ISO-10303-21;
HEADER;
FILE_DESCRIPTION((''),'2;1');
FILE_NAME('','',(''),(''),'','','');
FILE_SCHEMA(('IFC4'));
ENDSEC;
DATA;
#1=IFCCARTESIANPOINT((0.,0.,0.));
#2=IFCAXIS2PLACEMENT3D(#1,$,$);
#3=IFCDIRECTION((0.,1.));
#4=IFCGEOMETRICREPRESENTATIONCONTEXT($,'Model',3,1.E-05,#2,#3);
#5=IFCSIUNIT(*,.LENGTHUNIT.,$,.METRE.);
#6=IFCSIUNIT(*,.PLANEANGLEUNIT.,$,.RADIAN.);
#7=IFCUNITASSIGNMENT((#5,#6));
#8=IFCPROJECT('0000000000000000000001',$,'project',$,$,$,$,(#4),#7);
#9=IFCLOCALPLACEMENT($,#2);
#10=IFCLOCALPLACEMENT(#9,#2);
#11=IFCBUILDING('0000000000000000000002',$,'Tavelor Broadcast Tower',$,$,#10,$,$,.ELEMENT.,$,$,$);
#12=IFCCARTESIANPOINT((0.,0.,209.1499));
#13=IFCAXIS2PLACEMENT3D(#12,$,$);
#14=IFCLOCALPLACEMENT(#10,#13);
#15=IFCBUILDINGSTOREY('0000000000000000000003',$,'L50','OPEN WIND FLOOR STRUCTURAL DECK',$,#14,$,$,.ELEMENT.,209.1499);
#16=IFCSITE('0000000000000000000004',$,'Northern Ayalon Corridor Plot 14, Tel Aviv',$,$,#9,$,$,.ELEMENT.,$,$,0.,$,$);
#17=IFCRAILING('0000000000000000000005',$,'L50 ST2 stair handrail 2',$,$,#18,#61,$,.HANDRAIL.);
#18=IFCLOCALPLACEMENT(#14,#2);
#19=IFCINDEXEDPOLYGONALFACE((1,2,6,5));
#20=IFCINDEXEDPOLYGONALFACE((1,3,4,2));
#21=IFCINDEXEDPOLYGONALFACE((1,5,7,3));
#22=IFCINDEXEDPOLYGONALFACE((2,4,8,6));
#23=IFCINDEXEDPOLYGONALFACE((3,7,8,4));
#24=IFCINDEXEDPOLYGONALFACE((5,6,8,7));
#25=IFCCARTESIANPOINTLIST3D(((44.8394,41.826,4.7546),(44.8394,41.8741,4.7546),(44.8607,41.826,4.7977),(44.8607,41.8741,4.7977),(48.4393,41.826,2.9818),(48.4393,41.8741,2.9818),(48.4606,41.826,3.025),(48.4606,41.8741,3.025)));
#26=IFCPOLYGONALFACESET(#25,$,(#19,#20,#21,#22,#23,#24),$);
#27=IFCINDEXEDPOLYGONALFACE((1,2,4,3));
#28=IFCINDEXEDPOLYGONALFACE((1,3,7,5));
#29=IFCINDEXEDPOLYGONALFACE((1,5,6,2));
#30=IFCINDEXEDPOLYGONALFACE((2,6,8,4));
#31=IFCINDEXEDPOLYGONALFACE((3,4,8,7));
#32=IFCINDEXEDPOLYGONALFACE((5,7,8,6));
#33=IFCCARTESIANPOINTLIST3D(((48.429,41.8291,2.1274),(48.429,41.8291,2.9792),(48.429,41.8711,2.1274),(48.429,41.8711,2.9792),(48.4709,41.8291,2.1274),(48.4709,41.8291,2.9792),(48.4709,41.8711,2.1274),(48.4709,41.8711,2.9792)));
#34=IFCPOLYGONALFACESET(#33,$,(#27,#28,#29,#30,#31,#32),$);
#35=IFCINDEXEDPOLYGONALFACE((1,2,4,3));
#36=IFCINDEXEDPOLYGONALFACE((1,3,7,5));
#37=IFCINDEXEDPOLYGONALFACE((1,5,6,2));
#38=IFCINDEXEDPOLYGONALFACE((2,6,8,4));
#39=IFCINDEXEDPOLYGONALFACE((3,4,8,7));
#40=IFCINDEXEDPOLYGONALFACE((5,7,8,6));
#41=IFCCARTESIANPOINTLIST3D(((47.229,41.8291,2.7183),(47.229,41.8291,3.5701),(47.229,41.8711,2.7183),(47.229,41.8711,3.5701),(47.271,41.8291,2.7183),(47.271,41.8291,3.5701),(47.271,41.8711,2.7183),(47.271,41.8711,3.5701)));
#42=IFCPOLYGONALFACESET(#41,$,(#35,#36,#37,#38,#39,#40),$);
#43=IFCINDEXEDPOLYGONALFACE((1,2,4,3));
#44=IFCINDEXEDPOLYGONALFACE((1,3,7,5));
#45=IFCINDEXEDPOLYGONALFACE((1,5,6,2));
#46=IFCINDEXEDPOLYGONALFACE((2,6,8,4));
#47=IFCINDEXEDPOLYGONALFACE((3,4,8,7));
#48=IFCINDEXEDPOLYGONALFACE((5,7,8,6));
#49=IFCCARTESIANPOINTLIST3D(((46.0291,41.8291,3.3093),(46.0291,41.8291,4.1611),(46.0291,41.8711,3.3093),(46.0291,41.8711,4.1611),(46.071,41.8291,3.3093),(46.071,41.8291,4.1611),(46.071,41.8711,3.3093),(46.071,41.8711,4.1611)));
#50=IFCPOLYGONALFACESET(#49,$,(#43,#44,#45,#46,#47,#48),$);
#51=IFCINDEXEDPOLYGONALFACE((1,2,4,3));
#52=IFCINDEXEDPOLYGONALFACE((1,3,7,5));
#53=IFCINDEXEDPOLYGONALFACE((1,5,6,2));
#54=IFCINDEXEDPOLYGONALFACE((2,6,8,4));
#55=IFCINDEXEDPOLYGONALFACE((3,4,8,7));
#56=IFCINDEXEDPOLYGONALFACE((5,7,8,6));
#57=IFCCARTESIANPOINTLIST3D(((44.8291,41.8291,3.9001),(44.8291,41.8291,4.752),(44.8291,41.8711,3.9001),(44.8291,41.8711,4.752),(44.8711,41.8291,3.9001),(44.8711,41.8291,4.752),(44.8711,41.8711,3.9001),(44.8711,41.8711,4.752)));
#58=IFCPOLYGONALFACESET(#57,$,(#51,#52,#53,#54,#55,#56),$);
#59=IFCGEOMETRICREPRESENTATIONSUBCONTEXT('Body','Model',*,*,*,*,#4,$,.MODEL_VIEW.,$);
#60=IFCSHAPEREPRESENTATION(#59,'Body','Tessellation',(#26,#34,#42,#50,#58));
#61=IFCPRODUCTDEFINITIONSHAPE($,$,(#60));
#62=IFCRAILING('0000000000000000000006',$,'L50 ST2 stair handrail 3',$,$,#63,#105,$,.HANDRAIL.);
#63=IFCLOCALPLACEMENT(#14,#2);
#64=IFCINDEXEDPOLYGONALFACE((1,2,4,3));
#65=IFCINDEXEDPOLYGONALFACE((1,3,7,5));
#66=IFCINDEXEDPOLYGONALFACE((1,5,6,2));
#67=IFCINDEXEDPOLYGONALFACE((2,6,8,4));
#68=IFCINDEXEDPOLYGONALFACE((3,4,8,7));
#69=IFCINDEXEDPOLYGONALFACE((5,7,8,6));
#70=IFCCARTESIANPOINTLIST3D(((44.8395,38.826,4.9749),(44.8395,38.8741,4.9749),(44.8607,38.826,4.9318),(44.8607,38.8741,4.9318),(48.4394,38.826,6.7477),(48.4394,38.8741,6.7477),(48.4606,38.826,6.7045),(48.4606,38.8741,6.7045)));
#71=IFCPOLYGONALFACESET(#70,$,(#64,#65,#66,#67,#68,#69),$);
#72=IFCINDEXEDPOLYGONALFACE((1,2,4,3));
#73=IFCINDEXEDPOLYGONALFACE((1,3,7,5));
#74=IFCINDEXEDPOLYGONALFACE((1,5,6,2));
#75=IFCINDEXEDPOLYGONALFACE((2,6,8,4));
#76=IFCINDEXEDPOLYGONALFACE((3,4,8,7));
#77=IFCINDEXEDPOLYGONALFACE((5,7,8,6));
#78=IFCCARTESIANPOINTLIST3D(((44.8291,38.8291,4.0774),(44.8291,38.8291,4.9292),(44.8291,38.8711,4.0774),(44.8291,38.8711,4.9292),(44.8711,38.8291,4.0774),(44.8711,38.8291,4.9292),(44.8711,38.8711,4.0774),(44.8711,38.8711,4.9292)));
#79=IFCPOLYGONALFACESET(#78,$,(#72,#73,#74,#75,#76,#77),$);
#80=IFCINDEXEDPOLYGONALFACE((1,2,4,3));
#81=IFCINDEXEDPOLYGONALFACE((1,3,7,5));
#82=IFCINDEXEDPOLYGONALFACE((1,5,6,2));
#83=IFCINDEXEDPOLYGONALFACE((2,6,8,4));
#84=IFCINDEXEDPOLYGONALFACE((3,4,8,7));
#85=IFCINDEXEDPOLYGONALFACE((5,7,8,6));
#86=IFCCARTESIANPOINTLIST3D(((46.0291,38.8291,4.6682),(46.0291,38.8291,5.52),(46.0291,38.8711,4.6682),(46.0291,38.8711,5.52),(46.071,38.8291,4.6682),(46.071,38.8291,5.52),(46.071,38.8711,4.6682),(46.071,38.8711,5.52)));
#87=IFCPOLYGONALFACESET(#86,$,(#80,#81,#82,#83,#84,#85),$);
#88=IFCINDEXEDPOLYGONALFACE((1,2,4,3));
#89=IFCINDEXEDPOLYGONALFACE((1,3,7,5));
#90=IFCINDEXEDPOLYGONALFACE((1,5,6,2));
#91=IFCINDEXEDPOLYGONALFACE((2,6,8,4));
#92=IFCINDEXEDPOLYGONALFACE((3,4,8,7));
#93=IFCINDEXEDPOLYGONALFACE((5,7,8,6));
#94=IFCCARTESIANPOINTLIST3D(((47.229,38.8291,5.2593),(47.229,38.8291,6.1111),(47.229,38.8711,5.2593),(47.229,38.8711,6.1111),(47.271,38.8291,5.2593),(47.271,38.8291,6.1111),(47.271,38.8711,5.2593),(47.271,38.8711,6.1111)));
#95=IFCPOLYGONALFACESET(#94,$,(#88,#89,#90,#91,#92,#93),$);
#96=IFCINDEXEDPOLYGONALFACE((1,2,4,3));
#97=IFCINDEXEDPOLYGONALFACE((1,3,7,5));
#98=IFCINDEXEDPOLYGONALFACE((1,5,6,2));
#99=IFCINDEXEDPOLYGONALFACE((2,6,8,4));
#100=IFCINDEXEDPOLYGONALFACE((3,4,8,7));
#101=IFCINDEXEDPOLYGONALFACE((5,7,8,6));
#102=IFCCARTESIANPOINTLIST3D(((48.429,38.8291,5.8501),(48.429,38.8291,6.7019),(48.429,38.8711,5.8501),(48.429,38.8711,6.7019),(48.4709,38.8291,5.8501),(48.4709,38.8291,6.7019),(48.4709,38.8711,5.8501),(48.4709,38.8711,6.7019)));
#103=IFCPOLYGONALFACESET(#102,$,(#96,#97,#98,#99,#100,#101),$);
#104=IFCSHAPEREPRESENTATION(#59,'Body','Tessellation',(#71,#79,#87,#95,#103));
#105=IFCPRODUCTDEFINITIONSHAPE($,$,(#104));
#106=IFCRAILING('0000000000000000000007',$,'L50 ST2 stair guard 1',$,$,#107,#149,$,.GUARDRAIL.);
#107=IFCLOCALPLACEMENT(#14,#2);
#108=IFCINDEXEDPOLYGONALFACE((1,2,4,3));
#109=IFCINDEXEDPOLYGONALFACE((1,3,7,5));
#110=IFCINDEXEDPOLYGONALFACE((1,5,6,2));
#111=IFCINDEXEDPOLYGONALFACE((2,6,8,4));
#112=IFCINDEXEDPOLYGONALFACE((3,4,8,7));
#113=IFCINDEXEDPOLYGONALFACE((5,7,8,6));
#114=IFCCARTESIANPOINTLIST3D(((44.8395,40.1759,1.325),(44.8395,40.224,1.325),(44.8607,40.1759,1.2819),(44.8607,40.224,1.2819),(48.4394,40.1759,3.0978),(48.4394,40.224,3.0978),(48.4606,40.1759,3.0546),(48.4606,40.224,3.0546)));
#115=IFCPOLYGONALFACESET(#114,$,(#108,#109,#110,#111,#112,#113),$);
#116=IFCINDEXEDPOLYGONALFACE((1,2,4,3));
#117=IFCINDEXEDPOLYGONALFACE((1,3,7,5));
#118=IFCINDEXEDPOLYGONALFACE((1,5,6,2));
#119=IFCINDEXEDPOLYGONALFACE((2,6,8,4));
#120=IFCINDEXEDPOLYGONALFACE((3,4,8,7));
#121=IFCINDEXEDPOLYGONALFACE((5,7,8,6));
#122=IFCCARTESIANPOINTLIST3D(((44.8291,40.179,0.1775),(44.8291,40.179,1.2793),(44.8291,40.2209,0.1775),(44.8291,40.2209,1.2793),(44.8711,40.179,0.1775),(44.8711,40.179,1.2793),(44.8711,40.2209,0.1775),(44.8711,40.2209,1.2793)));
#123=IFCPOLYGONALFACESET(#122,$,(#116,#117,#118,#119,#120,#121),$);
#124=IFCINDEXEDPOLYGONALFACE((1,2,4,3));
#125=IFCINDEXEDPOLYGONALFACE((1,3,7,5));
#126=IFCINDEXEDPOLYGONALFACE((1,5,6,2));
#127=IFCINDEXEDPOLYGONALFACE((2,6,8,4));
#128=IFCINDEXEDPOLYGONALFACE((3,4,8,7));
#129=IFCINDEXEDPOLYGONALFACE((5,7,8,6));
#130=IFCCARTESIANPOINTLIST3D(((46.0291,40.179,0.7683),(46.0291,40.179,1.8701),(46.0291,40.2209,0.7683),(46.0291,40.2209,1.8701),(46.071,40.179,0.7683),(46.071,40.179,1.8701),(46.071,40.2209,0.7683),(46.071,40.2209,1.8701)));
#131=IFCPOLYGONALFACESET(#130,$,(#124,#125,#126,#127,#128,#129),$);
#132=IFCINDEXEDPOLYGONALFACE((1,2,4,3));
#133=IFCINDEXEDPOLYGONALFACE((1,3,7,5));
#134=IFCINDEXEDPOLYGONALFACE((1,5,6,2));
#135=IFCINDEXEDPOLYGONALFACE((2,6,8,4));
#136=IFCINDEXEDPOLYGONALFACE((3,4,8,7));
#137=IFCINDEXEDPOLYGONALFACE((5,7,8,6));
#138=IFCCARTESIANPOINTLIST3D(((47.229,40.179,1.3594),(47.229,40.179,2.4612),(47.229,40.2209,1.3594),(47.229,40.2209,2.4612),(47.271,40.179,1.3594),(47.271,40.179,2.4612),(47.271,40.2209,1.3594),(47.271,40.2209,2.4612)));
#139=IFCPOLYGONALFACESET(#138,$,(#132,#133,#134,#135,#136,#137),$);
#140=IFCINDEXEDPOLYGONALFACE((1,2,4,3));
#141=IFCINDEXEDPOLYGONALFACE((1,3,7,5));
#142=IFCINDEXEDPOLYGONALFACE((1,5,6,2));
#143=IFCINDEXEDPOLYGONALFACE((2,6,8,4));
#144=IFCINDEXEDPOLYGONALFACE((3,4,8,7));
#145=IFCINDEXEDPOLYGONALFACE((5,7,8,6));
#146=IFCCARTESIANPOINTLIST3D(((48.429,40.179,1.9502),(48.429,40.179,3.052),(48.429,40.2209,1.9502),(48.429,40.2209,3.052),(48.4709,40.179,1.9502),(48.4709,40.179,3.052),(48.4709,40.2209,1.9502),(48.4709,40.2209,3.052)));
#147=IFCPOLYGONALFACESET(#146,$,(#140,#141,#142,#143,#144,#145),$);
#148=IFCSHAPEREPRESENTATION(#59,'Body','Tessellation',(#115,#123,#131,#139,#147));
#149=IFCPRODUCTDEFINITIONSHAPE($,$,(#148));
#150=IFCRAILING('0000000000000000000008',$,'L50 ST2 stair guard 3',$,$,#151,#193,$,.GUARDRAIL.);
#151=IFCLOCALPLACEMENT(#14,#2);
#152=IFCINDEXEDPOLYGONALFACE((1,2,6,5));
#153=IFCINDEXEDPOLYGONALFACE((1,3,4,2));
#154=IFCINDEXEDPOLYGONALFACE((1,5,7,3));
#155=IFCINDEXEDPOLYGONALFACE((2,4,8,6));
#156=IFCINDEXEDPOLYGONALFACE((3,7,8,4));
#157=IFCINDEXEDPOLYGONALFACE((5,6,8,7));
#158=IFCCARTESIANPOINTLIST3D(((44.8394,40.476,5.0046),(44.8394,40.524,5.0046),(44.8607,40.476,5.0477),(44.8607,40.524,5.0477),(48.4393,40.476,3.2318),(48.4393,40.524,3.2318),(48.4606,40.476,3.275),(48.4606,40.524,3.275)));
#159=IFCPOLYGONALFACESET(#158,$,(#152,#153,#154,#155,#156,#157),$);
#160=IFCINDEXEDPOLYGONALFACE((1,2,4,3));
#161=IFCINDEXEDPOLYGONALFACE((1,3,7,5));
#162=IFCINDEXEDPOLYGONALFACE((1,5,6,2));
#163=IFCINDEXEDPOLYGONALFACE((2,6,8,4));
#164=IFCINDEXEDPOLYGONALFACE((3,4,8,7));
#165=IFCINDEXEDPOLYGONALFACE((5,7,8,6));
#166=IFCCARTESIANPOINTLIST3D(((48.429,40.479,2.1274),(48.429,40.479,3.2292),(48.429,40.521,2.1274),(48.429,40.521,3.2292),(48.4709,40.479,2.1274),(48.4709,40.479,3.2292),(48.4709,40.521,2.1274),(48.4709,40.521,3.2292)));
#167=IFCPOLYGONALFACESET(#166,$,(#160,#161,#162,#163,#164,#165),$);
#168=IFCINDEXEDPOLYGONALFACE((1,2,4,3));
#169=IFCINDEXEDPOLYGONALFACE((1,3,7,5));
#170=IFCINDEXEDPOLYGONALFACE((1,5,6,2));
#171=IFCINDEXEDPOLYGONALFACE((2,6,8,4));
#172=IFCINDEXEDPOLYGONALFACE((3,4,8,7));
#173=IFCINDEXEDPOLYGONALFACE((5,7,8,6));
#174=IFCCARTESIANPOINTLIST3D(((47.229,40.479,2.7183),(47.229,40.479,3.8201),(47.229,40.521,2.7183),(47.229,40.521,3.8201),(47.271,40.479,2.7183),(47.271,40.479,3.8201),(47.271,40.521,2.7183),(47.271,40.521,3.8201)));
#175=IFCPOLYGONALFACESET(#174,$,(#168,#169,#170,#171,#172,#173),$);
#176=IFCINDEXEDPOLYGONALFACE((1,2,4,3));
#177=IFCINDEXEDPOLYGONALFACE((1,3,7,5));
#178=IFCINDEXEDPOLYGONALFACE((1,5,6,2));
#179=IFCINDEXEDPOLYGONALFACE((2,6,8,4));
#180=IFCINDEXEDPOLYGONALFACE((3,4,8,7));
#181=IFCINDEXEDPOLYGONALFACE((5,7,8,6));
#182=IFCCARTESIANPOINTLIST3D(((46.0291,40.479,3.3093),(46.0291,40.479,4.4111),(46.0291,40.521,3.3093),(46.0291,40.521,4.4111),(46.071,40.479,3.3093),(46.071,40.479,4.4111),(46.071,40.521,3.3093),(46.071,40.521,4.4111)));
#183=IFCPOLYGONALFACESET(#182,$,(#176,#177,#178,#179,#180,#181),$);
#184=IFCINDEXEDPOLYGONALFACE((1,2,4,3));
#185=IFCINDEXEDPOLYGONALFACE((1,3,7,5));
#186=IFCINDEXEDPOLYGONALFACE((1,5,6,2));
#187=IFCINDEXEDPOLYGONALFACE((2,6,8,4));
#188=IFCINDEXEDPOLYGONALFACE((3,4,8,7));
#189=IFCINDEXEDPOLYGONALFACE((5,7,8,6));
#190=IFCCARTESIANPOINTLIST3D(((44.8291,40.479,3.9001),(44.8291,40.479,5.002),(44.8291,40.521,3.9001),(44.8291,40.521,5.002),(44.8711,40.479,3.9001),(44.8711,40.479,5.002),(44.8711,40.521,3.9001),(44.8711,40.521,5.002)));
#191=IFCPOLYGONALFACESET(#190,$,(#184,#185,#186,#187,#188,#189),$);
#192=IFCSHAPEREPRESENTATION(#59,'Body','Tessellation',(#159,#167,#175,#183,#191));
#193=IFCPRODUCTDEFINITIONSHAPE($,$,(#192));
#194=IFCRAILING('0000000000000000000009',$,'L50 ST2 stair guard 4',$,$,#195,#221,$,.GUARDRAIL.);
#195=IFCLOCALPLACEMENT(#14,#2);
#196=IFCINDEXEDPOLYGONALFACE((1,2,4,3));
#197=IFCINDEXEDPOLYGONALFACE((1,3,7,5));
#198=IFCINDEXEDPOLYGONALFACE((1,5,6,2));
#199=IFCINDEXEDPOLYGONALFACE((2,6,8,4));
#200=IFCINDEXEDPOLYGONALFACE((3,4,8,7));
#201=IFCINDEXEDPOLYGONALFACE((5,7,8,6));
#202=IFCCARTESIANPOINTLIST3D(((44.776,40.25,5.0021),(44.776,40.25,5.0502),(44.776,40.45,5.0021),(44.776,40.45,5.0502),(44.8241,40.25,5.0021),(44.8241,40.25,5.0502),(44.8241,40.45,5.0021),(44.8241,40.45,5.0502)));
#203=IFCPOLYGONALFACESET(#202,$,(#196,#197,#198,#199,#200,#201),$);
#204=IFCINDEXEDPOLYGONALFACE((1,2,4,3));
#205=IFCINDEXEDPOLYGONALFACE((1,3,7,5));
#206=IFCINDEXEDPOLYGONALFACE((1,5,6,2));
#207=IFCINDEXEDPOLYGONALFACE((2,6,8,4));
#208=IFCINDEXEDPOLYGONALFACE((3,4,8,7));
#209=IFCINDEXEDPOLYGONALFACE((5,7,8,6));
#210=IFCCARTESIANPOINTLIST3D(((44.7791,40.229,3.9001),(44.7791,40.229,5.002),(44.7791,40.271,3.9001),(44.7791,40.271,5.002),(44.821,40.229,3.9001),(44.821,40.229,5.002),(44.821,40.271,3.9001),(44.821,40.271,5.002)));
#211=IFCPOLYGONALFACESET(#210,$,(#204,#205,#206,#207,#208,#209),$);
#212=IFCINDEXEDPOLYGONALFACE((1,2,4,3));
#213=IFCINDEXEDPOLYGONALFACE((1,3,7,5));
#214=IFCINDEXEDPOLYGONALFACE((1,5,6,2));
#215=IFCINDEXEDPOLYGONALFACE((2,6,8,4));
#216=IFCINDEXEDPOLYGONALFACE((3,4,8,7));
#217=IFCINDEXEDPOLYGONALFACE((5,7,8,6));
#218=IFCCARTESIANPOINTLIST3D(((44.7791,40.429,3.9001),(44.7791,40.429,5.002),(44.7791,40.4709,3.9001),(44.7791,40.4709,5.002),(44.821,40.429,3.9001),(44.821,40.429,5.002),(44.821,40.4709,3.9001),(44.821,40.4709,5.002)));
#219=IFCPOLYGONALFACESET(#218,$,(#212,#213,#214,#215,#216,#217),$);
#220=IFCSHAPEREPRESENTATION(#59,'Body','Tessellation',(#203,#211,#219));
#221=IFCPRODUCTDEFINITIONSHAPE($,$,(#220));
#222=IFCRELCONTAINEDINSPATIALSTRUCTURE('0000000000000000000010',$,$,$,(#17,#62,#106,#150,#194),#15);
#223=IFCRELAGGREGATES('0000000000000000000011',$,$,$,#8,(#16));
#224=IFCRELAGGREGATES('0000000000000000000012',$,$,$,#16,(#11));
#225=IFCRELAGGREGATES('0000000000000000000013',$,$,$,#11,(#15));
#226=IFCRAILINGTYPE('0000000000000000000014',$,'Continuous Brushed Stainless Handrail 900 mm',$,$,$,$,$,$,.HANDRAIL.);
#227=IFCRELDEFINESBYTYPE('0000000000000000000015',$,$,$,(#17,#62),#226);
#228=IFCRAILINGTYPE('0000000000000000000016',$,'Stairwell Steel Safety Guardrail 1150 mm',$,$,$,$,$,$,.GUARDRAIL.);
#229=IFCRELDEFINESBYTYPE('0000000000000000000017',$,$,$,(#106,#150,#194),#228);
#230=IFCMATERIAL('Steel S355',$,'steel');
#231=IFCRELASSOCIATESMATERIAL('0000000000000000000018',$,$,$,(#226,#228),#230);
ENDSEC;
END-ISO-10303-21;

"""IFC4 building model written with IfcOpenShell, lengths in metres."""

from ifc_helpers import new_model, si_unit, direction, frame, origin, origin_2d, place, context, subcontext, project, spatial, rectangle, extrude, material, type_object, element, save


model = new_model("IFC4")

# Units and contexts
model_context = context("Model", 3, precision=1e-05, world=origin(), true_north=direction((0.0, 1.0)))
body_context = subcontext(model_context, "Body", "Model", "MODEL_VIEW")
ifc_project = project(units=[si_unit("LENGTHUNIT", "METRE"), si_unit("PLANEANGLEUNIT", "RADIAN")], contexts=[model_context])

# Site, building, storey
site_placement = place(None, origin())
site = spatial("IfcSite", under=ifc_project, at=site_placement, Name="Northern Ayalon Corridor Plot 14, Tel Aviv", CompositionType="ELEMENT", RefElevation=0.0)
building_placement = place(site_placement, origin())
building = spatial("IfcBuilding", under=site, at=building_placement, Name="Tavelor Broadcast Tower", CompositionType="ELEMENT")
storey_placement = place(building_placement, frame((0.0, 0.0, 209.1499)))
storey = spatial("IfcBuildingStorey", under=building, at=storey_placement, Name="L50", Description="OPEN WIND FLOOR STRUCTURAL DECK", CompositionType="ELEMENT", Elevation=209.1499)

# Shared definitions
ifc_material_1 = material(Name="Steel S355", Category="steel")

# Railings
railing_type_1 = type_object("IfcRailingType", Name="Continuous Brushed Stainless Handrail 900 mm", PredefinedType="HANDRAIL", material=ifc_material_1)
railing_1_placement = place(storey_placement, frame((48.45, 41.8501, 2.1274)))
element("IfcRailing", 1, at=railing_1_placement, inside=storey, type_object=railing_type_1, Name="L50 ST2 stair handrail 2", PredefinedType="HANDRAIL", context=body_context, shape_type="SweptSolid", body=[
    extrude(rectangle(XDim=0.0481, YDim=0.0481, at=origin_2d()), frame((0.0, 0.0, 0.876), z_axis=(-0.897124, 0.0, 0.441778), x_axis=(0.0, -1.0, 0.0)), (0.0, 0.0, 1.0), 4.0127),
    extrude(rectangle(XDim=0.042, YDim=0.042, at=origin_2d()), origin(), (0.0, 0.0, 1.0), 0.8518),
    extrude(rectangle(XDim=0.042, YDim=0.042, at=origin_2d()), frame((-1.2, 0.0, 0.5908)), (0.0, 0.0, 1.0), 0.8518),
    extrude(rectangle(XDim=0.042, YDim=0.042, at=origin_2d()), frame((-2.3999, 0.0, 1.1819)), (0.0, 0.0, 1.0), 0.8518),
    extrude(rectangle(XDim=0.042, YDim=0.042, at=origin_2d()), frame((-3.5999, 0.0, 1.7727)), (0.0, 0.0, 1.0), 0.8518),
])
railing_2_placement = place(storey_placement, frame((44.8501, 38.8501, 4.0774)))
element("IfcRailing", 2, at=railing_2_placement, inside=storey, type_object=railing_type_1, Name="L50 ST2 stair handrail 3", PredefinedType="HANDRAIL", context=body_context, shape_type="SweptSolid", body=[
    extrude(rectangle(XDim=0.0481, YDim=0.0481, at=origin_2d()), frame((0.0, 0.0, 0.876), z_axis=(0.897124, 0.0, 0.441778), x_axis=(0.0, 1.0, 0.0)), (0.0, 0.0, 1.0), 4.0127),
    extrude(rectangle(XDim=0.042, YDim=0.042, at=origin_2d()), origin(), (0.0, 0.0, 1.0), 0.8518),
    extrude(rectangle(XDim=0.042, YDim=0.042, at=origin_2d()), frame((1.2, 0.0, 0.5908)), (0.0, 0.0, 1.0), 0.8518),
    extrude(rectangle(XDim=0.042, YDim=0.042, at=origin_2d()), frame((2.3999, 0.0, 1.1819)), (0.0, 0.0, 1.0), 0.8518),
    extrude(rectangle(XDim=0.042, YDim=0.042, at=origin_2d()), frame((3.5999, 0.0, 1.7727)), (0.0, 0.0, 1.0), 0.8518),
])
railing_type_2 = type_object("IfcRailingType", Name="Stairwell Steel Safety Guardrail 1150 mm", PredefinedType="GUARDRAIL", material=ifc_material_1)
railing_3_placement = place(storey_placement, frame((44.8501, 40.2, 0.1775)))
element("IfcRailing", 3, at=railing_3_placement, inside=storey, type_object=railing_type_2, Name="L50 ST2 stair guard 1", PredefinedType="GUARDRAIL", context=body_context, shape_type="SweptSolid", body=[
    extrude(rectangle(XDim=0.0481, YDim=0.0481, at=origin_2d()), frame((0.0, 0.0, 1.126), z_axis=(0.897124, 0.0, 0.441778), x_axis=(0.0, 1.0, 0.0)), (0.0, 0.0, 1.0), 4.0127),
    extrude(rectangle(XDim=0.042, YDim=0.042, at=origin_2d()), origin(), (0.0, 0.0, 1.0), 1.1018),
    extrude(rectangle(XDim=0.042, YDim=0.042, at=origin_2d()), frame((1.2, 0.0, 0.5908)), (0.0, 0.0, 1.0), 1.1018),
    extrude(rectangle(XDim=0.042, YDim=0.042, at=origin_2d()), frame((2.3999, 0.0, 1.1819)), (0.0, 0.0, 1.0), 1.1018),
    extrude(rectangle(XDim=0.042, YDim=0.042, at=origin_2d()), frame((3.5999, 0.0, 1.7727)), (0.0, 0.0, 1.0), 1.1018),
])
railing_4_placement = place(storey_placement, frame((48.45, 40.5, 2.1274)))
element("IfcRailing", 4, at=railing_4_placement, inside=storey, type_object=railing_type_2, Name="L50 ST2 stair guard 3", PredefinedType="GUARDRAIL", context=body_context, shape_type="SweptSolid", body=[
    extrude(rectangle(XDim=0.0481, YDim=0.0481, at=origin_2d()), frame((0.0, 0.0, 1.126), z_axis=(-0.897124, 0.0, 0.441778), x_axis=(0.0, -1.0, 0.0)), (0.0, 0.0, 1.0), 4.0127),
    extrude(rectangle(XDim=0.042, YDim=0.042, at=origin_2d()), origin(), (0.0, 0.0, 1.0), 1.1018),
    extrude(rectangle(XDim=0.042, YDim=0.042, at=origin_2d()), frame((-1.2, 0.0, 0.5908)), (0.0, 0.0, 1.0), 1.1018),
    extrude(rectangle(XDim=0.042, YDim=0.042, at=origin_2d()), frame((-2.3999, 0.0, 1.1819)), (0.0, 0.0, 1.0), 1.1018),
    extrude(rectangle(XDim=0.042, YDim=0.042, at=origin_2d()), frame((-3.5999, 0.0, 1.7727)), (0.0, 0.0, 1.0), 1.1018),
])
railing_5_placement = place(storey_placement, frame((44.8, 40.25, 3.9001)))
element("IfcRailing", 5, at=railing_5_placement, inside=storey, type_object=railing_type_2, Name="L50 ST2 stair guard 4", PredefinedType="GUARDRAIL", context=body_context, shape_type="SweptSolid", body=[
    extrude(rectangle(XDim=0.0481, YDim=0.0481, at=origin_2d()), frame((0.0, 0.0, 1.126), z_axis=(0.0, 1.0, 0.0), x_axis=(-1.0, 0.0, 0.0)), (0.0, 0.0, 1.0), 0.2),
    extrude(rectangle(XDim=0.042, YDim=0.042, at=origin_2d()), origin(), (0.0, 0.0, 1.0), 1.1018),
    extrude(rectangle(XDim=0.042, YDim=0.042, at=origin_2d()), frame((0.0, 0.2, 0.0)), (0.0, 0.0, 1.0), 1.1018),
])

save(model, "model.ifc")
